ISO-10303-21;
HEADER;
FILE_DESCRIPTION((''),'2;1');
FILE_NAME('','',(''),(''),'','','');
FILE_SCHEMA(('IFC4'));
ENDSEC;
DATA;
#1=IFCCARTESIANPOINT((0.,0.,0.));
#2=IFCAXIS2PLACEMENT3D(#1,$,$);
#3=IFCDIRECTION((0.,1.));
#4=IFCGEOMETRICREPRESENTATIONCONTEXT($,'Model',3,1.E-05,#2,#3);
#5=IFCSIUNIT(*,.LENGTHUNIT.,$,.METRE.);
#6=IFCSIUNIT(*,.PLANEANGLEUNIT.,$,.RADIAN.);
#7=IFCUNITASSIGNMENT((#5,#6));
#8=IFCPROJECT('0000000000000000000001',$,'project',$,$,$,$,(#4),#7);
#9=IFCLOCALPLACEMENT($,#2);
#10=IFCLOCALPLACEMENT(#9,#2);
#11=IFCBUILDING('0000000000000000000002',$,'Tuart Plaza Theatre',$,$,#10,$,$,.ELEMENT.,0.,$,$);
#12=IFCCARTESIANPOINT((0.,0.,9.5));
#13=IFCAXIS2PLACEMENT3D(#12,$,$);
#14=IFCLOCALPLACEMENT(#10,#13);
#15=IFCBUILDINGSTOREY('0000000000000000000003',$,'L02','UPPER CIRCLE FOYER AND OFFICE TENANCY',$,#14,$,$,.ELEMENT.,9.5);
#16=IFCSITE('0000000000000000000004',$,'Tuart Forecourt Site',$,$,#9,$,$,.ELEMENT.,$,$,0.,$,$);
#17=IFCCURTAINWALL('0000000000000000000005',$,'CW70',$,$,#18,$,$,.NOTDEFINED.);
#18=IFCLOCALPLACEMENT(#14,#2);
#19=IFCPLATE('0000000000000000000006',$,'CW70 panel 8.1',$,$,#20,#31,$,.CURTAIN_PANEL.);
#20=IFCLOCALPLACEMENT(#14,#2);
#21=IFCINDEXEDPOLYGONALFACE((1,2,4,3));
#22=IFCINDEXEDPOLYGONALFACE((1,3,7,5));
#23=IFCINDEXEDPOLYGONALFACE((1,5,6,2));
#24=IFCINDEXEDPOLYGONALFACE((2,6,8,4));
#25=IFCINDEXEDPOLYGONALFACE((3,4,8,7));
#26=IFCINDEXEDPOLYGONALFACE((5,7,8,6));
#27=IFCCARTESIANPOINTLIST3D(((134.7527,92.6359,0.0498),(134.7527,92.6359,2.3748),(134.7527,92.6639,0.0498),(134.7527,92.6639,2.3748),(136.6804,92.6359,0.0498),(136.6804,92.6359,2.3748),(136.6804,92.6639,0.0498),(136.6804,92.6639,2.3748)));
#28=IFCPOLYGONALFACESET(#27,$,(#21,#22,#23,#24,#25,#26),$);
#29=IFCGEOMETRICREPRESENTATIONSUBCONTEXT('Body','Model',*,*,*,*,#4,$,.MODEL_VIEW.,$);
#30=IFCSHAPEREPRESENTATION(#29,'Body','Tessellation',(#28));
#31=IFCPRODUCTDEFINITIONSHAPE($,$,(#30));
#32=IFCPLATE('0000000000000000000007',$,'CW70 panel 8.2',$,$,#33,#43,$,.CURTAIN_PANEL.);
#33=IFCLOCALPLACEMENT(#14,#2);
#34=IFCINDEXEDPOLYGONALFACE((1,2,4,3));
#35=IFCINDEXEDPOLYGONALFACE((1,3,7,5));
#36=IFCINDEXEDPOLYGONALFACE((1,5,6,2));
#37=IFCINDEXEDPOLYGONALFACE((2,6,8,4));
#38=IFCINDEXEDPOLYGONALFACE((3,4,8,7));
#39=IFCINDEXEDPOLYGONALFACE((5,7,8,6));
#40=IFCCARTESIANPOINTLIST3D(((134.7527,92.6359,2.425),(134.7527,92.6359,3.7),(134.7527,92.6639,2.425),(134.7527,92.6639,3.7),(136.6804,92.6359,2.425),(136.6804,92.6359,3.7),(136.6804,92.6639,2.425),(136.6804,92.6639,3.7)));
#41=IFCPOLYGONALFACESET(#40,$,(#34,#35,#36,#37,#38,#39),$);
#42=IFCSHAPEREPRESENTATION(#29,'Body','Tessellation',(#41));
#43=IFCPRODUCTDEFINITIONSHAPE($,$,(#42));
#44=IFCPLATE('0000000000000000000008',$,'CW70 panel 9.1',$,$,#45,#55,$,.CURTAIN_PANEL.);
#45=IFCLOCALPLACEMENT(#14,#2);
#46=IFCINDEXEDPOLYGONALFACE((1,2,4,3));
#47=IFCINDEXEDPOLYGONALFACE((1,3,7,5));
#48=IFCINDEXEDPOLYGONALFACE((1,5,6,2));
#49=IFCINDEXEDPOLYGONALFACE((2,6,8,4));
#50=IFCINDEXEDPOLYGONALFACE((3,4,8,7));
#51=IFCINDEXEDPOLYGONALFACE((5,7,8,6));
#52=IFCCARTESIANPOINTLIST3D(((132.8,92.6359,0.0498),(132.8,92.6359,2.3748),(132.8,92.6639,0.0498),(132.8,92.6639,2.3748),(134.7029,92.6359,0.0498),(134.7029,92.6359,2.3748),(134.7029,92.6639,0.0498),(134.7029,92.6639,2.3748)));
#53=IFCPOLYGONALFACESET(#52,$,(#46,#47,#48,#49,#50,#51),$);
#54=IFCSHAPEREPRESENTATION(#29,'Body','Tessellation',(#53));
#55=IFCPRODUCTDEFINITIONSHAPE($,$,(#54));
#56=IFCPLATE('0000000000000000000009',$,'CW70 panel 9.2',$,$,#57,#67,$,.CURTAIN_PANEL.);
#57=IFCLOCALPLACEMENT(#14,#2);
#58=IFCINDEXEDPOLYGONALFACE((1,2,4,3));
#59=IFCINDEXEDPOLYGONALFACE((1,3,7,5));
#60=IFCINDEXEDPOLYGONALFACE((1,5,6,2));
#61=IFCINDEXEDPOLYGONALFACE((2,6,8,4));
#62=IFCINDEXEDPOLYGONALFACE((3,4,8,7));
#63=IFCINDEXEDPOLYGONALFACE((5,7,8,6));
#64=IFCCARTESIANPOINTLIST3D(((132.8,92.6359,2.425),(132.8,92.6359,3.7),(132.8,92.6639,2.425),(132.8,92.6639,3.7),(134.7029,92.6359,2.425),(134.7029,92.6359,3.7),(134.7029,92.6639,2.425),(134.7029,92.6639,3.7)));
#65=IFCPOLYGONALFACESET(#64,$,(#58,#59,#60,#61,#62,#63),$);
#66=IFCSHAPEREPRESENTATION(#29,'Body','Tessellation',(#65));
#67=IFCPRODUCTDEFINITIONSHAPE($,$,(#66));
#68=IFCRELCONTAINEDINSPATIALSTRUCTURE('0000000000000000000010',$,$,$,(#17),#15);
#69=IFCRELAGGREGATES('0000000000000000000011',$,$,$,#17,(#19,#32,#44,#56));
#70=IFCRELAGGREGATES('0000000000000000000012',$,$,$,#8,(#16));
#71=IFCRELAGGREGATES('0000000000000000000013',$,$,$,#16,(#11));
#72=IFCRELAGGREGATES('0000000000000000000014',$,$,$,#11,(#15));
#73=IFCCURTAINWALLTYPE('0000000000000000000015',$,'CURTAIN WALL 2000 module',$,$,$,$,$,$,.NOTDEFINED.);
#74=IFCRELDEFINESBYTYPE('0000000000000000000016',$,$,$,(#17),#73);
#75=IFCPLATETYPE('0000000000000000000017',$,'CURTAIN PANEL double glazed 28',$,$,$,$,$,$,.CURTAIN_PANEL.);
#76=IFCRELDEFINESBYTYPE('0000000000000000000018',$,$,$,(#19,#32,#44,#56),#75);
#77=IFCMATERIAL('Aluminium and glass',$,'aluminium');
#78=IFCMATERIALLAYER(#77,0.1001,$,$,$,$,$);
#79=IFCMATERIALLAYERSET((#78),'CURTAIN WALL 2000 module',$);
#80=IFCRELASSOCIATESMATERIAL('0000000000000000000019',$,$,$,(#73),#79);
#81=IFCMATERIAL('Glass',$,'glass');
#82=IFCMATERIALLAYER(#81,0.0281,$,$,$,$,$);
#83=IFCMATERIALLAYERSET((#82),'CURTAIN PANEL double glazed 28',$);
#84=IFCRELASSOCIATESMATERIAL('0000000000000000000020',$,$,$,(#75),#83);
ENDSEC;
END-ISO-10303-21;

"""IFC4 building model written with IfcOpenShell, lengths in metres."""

from ifc_helpers import new_model, si_unit, direction, frame, origin, origin_2d, place, context, subcontext, project, spatial, rectangle, extrude, material, layer, layer_set, type_object, element, aggregate, save


model = new_model("IFC4")

# Units and contexts
model_context = context("Model", 3, precision=1e-05, world=origin(), true_north=direction((0.0, 1.0)))
body_context = subcontext(model_context, "Body", "Model", "MODEL_VIEW")
ifc_project = project(units=[si_unit("LENGTHUNIT", "METRE"), si_unit("PLANEANGLEUNIT", "RADIAN")], contexts=[model_context])

# Site, building, storey
site_placement = place(None, origin())
site = spatial("IfcSite", under=ifc_project, at=site_placement, Name="Tuart Forecourt Site", CompositionType="ELEMENT", RefElevation=0.0)
building_placement = place(site_placement, origin())
building = spatial("IfcBuilding", under=site, at=building_placement, Name="Tuart Plaza Theatre", CompositionType="ELEMENT", ElevationOfRefHeight=0.0)
storey_placement = place(building_placement, frame((0.0, 0.0, 9.5)))
storey = spatial("IfcBuildingStorey", under=building, at=storey_placement, Name="L02", Description="UPPER CIRCLE FOYER AND OFFICE TENANCY", CompositionType="ELEMENT", Elevation=9.5)

# Curtain wall
ifc_material_1 = material(Name="Aluminium and glass", Category="aluminium")
ifc_layer_1 = layer(ifc_material_1, 0.1001)
ifc_layer_set_1 = layer_set([ifc_layer_1], Name="CURTAIN WALL 2000 module")
curtain_wall_type = type_object("IfcCurtainWallType", Name="CURTAIN WALL 2000 module", PredefinedType="NOTDEFINED", material=ifc_layer_set_1)
curtain_wall_1_placement = place(storey_placement, origin())
curtain_wall_1 = element("IfcCurtainWall", 1, at=curtain_wall_1_placement, inside=storey, type_object=curtain_wall_type, Name="CW70", PredefinedType="NOTDEFINED")

# Plates
ifc_material_2 = material(Name="Glass", Category="glass")
ifc_layer_2 = layer(ifc_material_2, 0.0281)
ifc_layer_set_2 = layer_set([ifc_layer_2], Name="CURTAIN PANEL double glazed 28")
plate_type = type_object("IfcPlateType", Name="CURTAIN PANEL double glazed 28", PredefinedType="CURTAIN_PANEL", material=ifc_layer_set_2)
plate_1_placement = place(storey_placement, frame((135.7166, 92.6499, 0.0498), z_axis=(0.0, 0.0, 1.0), x_axis=(-1.0, 0.0, 0.0)))
plate_1 = element("IfcPlate", 2, at=plate_1_placement, type_object=plate_type, Name="CW70 panel 8.1", PredefinedType="CURTAIN_PANEL", context=body_context, shape_type="SweptSolid", body=[
    extrude(rectangle(XDim=1.9277, YDim=0.0281, at=origin_2d()), origin(), (0.0, 0.0, 1.0), 2.325),
])
plate_2_placement = place(storey_placement, frame((135.7166, 92.6499, 2.425), z_axis=(0.0, 0.0, 1.0), x_axis=(-1.0, 0.0, 0.0)))
plate_2 = element("IfcPlate", 3, at=plate_2_placement, type_object=plate_type, Name="CW70 panel 8.2", PredefinedType="CURTAIN_PANEL", context=body_context, shape_type="SweptSolid", body=[
    extrude(rectangle(XDim=1.9277, YDim=0.0281, at=origin_2d()), origin(), (0.0, 0.0, 1.0), 1.2749),
])
plate_3_placement = place(storey_placement, frame((133.7515, 92.6499, 0.0498), z_axis=(0.0, 0.0, 1.0), x_axis=(-1.0, 0.0, 0.0)))
plate_3 = element("IfcPlate", 4, at=plate_3_placement, type_object=plate_type, Name="CW70 panel 9.1", PredefinedType="CURTAIN_PANEL", context=body_context, shape_type="SweptSolid", body=[
    extrude(rectangle(XDim=1.9028, YDim=0.0281, at=origin_2d()), origin(), (0.0, 0.0, 1.0), 2.325),
])
plate_4_placement = place(storey_placement, frame((133.7515, 92.6499, 2.425), z_axis=(0.0, 0.0, 1.0), x_axis=(-1.0, 0.0, 0.0)))
plate_4 = element("IfcPlate", 5, at=plate_4_placement, type_object=plate_type, Name="CW70 panel 9.2", PredefinedType="CURTAIN_PANEL", context=body_context, shape_type="SweptSolid", body=[
    extrude(rectangle(XDim=1.9028, YDim=0.0281, at=origin_2d()), origin(), (0.0, 0.0, 1.0), 1.2749),
])
aggregate(curtain_wall_1, [plate_1, plate_2, plate_3, plate_4])

save(model, "model.ifc")
